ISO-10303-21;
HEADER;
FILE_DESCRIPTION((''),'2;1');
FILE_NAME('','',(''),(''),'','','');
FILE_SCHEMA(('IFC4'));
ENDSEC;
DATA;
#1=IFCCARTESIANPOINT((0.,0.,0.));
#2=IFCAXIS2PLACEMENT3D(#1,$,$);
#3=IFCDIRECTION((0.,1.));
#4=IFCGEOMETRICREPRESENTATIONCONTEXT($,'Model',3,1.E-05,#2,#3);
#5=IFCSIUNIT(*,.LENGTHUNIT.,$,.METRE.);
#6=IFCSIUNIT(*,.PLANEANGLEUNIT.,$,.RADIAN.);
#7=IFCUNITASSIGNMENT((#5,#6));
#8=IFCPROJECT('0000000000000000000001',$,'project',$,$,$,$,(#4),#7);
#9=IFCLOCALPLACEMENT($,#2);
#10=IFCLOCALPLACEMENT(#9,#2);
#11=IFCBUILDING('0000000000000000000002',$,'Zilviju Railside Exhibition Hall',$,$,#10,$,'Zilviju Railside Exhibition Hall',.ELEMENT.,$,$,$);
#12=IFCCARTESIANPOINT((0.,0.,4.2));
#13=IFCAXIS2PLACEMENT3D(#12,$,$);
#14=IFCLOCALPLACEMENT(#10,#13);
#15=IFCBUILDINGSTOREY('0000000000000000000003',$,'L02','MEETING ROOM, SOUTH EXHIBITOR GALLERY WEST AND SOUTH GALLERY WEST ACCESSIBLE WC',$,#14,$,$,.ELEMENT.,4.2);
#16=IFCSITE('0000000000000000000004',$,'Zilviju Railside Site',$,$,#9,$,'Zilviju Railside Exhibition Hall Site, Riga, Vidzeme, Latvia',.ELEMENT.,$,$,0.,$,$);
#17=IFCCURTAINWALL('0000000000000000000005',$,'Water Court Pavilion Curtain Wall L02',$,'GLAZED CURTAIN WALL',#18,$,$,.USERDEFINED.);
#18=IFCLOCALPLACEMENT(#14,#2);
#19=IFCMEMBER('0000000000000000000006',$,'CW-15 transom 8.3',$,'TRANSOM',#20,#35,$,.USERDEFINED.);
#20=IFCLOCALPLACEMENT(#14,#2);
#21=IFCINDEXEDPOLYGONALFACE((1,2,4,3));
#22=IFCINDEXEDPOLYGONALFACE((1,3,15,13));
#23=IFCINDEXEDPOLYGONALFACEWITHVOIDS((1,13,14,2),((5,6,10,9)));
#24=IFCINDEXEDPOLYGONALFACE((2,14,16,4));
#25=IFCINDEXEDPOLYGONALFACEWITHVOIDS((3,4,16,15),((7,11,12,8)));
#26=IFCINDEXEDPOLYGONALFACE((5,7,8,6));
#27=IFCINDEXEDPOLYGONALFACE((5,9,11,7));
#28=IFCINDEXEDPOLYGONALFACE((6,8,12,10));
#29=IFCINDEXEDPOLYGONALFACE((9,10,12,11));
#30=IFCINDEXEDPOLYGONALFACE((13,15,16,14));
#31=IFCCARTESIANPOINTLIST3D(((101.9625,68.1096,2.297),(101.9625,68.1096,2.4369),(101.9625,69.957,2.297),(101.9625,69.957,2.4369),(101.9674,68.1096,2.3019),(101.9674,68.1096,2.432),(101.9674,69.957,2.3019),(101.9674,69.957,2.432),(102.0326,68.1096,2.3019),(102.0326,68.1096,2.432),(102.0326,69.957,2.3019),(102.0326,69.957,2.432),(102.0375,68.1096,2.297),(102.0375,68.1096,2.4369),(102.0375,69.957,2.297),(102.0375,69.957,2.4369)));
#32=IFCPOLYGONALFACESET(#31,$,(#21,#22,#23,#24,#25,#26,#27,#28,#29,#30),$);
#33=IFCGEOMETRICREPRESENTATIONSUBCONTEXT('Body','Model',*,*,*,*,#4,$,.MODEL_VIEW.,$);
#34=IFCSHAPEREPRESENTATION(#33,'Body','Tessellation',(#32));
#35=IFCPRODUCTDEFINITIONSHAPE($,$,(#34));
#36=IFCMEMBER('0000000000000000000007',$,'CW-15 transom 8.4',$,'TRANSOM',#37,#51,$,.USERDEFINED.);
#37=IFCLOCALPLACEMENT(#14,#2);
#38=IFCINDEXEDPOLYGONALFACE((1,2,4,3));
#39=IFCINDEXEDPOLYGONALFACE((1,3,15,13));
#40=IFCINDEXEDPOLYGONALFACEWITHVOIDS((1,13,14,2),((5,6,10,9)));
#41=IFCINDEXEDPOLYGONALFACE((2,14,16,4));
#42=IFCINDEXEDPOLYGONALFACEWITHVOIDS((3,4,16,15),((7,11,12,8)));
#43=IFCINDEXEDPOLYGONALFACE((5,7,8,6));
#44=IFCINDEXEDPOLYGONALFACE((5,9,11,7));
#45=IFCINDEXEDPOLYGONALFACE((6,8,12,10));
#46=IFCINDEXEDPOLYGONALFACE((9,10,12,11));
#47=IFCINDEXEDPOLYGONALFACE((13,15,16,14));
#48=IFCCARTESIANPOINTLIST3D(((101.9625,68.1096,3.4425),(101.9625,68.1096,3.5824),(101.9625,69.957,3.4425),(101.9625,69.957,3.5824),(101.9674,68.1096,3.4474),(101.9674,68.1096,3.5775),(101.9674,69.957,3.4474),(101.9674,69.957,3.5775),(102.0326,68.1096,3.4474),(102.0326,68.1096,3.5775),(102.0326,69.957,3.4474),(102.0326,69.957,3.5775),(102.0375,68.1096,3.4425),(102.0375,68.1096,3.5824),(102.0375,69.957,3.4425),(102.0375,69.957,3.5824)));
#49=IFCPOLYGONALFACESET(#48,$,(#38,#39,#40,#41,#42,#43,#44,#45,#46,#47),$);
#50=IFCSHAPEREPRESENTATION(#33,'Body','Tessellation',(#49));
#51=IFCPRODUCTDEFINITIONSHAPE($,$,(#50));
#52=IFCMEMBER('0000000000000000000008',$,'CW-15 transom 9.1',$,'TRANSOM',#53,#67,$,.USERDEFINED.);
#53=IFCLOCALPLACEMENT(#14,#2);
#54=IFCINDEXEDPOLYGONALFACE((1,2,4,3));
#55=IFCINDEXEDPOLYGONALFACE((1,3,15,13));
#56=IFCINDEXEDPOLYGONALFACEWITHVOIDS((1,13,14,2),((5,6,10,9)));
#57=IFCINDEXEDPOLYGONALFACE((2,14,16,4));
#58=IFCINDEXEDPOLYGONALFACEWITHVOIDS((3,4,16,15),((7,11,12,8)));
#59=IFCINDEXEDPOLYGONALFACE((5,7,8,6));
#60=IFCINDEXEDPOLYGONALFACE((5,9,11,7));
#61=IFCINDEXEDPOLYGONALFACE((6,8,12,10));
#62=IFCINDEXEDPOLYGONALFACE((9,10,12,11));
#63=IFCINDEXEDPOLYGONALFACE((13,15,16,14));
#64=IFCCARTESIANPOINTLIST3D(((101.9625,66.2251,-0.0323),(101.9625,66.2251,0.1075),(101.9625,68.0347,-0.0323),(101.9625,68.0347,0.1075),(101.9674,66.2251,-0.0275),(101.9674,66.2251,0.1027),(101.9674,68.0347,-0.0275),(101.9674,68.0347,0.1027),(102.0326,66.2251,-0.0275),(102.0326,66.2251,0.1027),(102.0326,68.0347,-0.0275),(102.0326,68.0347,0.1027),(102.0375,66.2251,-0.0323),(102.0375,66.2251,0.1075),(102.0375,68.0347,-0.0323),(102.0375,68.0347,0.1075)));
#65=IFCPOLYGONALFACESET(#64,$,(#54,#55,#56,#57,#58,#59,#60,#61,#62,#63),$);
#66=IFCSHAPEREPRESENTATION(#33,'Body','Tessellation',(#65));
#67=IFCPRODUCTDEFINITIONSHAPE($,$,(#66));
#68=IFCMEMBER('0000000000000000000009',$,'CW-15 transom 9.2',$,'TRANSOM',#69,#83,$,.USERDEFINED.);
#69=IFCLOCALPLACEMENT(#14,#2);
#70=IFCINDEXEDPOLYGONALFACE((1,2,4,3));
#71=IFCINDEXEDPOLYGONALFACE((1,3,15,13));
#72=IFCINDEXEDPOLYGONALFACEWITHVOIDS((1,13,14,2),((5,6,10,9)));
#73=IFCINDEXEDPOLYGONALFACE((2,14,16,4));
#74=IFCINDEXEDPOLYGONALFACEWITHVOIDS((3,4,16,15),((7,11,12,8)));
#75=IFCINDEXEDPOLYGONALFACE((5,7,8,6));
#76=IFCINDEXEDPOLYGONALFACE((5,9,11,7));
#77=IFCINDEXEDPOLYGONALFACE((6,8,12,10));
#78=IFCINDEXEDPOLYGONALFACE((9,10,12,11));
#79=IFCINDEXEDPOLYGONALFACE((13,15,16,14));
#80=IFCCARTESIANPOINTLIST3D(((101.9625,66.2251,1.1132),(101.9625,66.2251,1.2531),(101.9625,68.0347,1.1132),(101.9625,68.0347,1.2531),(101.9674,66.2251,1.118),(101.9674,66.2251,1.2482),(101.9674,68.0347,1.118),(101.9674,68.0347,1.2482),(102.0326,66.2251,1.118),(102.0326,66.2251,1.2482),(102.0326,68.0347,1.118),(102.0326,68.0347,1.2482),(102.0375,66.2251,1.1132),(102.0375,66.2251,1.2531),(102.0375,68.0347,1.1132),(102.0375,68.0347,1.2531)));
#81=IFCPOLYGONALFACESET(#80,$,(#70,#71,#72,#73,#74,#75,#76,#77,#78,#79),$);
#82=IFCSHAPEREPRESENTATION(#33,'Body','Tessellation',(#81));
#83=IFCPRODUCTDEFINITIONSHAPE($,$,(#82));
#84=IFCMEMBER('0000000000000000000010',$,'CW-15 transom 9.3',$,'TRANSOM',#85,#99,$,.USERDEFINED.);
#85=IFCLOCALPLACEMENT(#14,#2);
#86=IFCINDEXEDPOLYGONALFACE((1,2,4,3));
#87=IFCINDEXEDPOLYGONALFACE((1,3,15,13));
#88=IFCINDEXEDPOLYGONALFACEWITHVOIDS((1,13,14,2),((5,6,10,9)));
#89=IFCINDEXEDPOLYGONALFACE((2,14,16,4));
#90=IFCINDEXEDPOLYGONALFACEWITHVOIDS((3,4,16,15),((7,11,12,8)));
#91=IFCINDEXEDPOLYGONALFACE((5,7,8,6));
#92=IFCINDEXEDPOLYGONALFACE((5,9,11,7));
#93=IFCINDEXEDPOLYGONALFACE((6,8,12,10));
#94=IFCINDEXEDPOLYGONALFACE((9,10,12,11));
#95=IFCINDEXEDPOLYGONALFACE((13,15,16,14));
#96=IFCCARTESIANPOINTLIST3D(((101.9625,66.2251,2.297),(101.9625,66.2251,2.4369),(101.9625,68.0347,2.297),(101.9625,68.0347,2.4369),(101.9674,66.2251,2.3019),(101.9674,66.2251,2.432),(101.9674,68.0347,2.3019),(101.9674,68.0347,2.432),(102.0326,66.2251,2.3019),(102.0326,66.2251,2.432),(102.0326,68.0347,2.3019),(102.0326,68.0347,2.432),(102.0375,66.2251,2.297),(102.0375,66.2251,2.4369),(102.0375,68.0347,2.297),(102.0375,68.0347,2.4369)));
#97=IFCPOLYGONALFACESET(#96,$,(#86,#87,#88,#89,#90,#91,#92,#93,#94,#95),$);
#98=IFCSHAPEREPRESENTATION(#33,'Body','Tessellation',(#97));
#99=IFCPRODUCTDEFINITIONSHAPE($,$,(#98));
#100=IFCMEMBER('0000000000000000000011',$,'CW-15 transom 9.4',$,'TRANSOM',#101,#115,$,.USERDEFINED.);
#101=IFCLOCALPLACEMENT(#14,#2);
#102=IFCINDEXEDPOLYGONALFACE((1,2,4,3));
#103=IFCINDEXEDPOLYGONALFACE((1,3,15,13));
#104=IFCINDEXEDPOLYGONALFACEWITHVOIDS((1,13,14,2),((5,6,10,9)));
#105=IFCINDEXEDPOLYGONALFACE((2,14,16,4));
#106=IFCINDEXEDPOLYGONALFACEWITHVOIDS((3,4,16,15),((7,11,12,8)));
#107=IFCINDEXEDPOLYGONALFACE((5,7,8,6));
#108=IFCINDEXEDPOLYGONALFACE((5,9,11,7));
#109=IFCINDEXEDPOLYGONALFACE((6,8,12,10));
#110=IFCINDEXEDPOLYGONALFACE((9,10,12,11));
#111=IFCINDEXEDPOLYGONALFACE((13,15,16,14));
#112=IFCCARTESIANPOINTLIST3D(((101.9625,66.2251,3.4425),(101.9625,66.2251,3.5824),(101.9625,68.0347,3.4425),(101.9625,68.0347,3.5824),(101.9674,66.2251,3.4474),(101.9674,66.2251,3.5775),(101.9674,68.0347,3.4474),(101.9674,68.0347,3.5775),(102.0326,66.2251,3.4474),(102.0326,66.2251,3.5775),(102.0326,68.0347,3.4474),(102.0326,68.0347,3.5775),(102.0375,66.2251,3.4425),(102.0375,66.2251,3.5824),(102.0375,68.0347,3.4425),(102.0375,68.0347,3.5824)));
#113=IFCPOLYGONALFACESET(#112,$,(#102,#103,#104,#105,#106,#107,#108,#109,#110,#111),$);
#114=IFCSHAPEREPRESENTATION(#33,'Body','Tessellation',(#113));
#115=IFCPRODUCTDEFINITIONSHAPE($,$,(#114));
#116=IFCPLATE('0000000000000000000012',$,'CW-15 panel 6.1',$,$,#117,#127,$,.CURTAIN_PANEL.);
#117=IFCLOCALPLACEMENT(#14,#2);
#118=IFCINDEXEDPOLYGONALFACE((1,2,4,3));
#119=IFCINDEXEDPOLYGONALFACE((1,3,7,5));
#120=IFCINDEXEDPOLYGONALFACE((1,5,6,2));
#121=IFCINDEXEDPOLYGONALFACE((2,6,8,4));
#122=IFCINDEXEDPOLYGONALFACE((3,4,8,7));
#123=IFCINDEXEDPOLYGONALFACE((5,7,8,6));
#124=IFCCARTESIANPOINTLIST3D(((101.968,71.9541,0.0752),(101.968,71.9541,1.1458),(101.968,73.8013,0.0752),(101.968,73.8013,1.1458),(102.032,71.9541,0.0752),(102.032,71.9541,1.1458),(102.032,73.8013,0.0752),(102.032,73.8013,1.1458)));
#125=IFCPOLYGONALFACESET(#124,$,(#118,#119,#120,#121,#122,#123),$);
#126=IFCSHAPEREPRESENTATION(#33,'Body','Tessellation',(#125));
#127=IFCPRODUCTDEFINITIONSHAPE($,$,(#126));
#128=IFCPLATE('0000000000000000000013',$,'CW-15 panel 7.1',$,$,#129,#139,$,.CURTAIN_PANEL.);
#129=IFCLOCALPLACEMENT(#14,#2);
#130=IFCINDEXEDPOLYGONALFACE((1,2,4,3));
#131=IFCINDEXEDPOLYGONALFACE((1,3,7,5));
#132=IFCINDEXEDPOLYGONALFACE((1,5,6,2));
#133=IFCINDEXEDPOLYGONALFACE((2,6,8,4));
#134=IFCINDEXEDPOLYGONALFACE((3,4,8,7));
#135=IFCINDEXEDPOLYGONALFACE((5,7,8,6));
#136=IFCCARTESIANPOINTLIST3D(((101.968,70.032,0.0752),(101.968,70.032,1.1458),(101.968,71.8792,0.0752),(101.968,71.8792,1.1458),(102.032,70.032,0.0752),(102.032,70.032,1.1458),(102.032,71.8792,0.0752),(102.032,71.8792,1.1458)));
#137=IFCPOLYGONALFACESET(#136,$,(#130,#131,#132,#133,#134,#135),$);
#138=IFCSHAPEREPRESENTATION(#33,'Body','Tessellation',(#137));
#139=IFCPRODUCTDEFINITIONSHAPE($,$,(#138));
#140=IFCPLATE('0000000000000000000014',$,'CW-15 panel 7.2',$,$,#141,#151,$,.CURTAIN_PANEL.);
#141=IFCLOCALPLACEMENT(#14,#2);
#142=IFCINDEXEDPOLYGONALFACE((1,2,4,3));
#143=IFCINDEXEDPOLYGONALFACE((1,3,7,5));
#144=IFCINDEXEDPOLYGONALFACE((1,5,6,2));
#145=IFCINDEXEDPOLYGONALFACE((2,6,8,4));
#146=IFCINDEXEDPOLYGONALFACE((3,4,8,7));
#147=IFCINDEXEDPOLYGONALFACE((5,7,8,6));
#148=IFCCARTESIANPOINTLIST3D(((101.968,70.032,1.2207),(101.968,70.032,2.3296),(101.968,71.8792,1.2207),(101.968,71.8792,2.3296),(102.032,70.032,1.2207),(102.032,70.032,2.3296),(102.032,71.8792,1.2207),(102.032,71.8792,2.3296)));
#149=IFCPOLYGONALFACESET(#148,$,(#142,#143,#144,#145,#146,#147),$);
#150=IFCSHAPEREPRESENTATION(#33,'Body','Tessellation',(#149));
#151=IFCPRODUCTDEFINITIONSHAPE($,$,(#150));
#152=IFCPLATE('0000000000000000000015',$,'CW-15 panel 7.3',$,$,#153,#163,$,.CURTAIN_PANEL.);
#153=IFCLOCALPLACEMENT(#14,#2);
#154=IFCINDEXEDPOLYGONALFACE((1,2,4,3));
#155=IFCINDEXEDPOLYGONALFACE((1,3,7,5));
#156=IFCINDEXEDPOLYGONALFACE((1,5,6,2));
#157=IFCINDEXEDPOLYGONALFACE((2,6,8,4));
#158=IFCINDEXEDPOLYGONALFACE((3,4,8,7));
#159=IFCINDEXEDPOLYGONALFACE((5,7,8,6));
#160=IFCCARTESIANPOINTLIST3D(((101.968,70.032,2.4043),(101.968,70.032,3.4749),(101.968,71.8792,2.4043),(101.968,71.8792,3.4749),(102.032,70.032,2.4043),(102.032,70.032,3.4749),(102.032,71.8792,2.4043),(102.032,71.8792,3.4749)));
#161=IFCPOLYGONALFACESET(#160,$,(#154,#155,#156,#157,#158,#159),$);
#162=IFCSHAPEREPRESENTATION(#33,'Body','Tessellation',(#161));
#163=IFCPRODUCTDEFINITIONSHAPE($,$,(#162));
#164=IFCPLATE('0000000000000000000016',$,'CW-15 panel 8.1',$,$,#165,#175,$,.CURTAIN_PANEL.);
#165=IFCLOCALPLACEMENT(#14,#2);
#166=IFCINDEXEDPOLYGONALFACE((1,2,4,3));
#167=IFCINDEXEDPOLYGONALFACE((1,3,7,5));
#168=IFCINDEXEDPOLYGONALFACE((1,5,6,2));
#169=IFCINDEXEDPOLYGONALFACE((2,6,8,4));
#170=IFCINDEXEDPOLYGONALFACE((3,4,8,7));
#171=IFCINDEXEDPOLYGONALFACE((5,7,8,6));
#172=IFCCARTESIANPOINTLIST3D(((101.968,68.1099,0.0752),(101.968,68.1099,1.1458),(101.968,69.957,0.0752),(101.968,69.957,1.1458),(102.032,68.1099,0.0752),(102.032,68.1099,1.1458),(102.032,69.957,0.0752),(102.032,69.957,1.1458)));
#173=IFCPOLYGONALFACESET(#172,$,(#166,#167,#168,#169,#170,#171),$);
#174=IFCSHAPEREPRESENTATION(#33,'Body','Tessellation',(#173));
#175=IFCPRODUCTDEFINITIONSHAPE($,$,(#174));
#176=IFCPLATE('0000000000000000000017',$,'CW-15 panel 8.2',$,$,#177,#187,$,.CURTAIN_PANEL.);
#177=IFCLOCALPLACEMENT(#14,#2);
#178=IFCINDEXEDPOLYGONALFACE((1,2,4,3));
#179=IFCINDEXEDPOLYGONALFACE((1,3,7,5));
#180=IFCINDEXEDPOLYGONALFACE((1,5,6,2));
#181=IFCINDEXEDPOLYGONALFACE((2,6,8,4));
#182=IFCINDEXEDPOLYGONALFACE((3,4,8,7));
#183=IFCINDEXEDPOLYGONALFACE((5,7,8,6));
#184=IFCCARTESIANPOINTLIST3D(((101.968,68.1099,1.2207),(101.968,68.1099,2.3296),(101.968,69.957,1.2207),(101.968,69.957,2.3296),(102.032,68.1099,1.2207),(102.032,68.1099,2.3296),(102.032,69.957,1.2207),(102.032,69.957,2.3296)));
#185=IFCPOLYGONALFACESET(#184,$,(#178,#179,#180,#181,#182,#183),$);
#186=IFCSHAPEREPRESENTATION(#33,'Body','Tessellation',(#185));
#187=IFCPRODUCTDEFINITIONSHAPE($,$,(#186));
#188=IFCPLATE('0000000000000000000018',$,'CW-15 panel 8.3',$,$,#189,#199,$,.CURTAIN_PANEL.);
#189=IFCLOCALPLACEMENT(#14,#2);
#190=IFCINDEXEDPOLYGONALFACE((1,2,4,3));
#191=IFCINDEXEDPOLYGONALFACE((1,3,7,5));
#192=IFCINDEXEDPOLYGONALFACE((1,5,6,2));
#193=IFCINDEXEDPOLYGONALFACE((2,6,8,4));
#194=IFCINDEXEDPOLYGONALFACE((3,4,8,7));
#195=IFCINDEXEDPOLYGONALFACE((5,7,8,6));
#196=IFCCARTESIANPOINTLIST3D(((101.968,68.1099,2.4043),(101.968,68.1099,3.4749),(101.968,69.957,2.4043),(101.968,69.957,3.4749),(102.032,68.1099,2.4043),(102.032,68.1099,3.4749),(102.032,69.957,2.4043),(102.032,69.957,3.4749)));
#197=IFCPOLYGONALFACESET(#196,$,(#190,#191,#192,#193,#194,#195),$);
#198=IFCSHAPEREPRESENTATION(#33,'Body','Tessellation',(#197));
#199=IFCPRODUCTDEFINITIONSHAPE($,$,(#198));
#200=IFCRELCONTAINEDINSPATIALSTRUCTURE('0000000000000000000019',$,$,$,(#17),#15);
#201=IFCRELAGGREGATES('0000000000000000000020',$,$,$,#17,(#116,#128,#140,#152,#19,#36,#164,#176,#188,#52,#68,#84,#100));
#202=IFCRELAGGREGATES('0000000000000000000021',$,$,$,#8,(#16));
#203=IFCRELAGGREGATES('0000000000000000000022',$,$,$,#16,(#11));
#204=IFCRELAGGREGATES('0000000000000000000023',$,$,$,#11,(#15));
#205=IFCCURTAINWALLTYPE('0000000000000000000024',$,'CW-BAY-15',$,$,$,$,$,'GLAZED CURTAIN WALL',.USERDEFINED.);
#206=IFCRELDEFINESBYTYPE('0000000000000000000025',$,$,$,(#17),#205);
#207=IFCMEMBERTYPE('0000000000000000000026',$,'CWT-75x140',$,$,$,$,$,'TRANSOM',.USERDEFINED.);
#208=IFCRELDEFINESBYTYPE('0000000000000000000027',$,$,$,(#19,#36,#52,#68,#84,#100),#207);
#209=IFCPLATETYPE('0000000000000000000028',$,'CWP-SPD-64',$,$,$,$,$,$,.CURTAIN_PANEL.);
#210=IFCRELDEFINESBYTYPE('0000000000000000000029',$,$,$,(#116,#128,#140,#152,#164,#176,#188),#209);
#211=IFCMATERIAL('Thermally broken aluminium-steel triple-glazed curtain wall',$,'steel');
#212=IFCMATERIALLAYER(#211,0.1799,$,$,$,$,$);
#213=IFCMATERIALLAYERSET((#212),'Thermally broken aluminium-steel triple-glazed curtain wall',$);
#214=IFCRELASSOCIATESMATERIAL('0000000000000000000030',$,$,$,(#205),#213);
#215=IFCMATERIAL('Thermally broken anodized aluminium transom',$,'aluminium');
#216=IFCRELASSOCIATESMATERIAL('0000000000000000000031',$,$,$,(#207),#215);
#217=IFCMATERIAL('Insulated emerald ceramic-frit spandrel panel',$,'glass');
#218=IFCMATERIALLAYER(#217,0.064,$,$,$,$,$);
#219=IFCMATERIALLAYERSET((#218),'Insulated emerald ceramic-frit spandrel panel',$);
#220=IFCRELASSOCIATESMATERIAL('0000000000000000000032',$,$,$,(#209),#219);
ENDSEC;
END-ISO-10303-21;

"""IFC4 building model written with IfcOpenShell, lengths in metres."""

from ifc_helpers import new_model, si_unit, direction, frame, origin, origin_2d, place, context, subcontext, project, spatial, rectangle, hollow_rectangle, extrude, material, layer, layer_set, material_profile, profile_set, type_object, element, aggregate, save


model = new_model("IFC4")

# Units and contexts
model_context = context("Model", 3, precision=1e-05, world=origin(), true_north=direction((0.0, 1.0)))
body_context = subcontext(model_context, "Body", "Model", "MODEL_VIEW")
ifc_project = project(units=[si_unit("LENGTHUNIT", "METRE"), si_unit("PLANEANGLEUNIT", "RADIAN")], contexts=[model_context])

# Site, building, storey
site_placement = place(None, origin())
site = spatial("IfcSite", under=ifc_project, at=site_placement, Name="Zilviju Railside Site", LongName="Zilviju Railside Exhibition Hall Site, Riga, Vidzeme, Latvia", CompositionType="ELEMENT", RefElevation=0.0)
building_placement = place(site_placement, origin())
building = spatial("IfcBuilding", under=site, at=building_placement, Name="Zilviju Railside Exhibition Hall", LongName="Zilviju Railside Exhibition Hall", CompositionType="ELEMENT")
storey_placement = place(building_placement, frame((0.0, 0.0, 4.2)))
storey = spatial("IfcBuildingStorey", under=building, at=storey_placement, Name="L02", Description="MEETING ROOM, SOUTH EXHIBITOR GALLERY WEST AND SOUTH GALLERY WEST ACCESSIBLE WC", CompositionType="ELEMENT", Elevation=4.2)

# Curtain wall, members, plates
ifc_material_1 = material(Name="Thermally broken aluminium-steel triple-glazed curtain wall", Category="steel")
ifc_layer_1 = layer(ifc_material_1, 0.1799)
ifc_layer_set_1 = layer_set([ifc_layer_1], Name="Thermally broken aluminium-steel triple-glazed curtain wall")
curtain_wall_type = type_object("IfcCurtainWallType", Name="CW-BAY-15", ElementType="GLAZED CURTAIN WALL", PredefinedType="USERDEFINED", material=ifc_layer_set_1)
curtain_wall_placement = place(storey_placement, origin())
curtain_wall = element("IfcCurtainWall", 1, at=curtain_wall_placement, inside=storey, type_object=curtain_wall_type, Name="Water Court Pavilion Curtain Wall L02", ObjectType="GLAZED CURTAIN WALL", PredefinedType="USERDEFINED")
ifc_material_2 = material(Name="Thermally broken anodized aluminium transom", Category="aluminium")
ifc_material_profile_1 = material_profile(ifc_material_2, hollow_rectangle(XDim=0.075, YDim=0.1399, WallThickness=0.0049, at=origin_2d()), Name="TRANSOM 140x75x5")
ifc_profile_set_1 = profile_set([ifc_material_profile_1], Name="Thermally broken anodized aluminium transom")
member_type_1 = type_object("IfcMemberType", Name="CWT-75x140", ElementType="TRANSOM", PredefinedType="USERDEFINED", material=ifc_profile_set_1)
member_1_placement = place(storey_placement, frame((102.0, 69.957, 2.3669), z_axis=(0.0, -1.0, 0.0), x_axis=(1.0, 0.0, 0.0)))
member_1 = element("IfcMember", 2, at=member_1_placement, type_object=member_type_1, Name="CW-15 transom 8.3", ObjectType="TRANSOM", PredefinedType="USERDEFINED", context=body_context, shape_type="SweptSolid", body=[
    extrude(hollow_rectangle(XDim=0.075, YDim=0.1399, WallThickness=0.0049, at=origin_2d()), origin(), (0.0, 0.0, 1.0), 1.8474),
])
member_2_placement = place(storey_placement, frame((102.0, 69.957, 3.5125), z_axis=(0.0, -1.0, 0.0), x_axis=(1.0, 0.0, 0.0)))
member_2 = element("IfcMember", 3, at=member_2_placement, type_object=member_type_1, Name="CW-15 transom 8.4", ObjectType="TRANSOM", PredefinedType="USERDEFINED", context=body_context, shape_type="SweptSolid", body=[
    extrude(hollow_rectangle(XDim=0.075, YDim=0.1399, WallThickness=0.0049, at=origin_2d()), origin(), (0.0, 0.0, 1.0), 1.8474),
])
member_3_placement = place(storey_placement, frame((102.0, 68.0347, 0.0376), z_axis=(0.0, -1.0, 0.0), x_axis=(1.0, 0.0, 0.0)))
member_3 = element("IfcMember", 4, at=member_3_placement, type_object=member_type_1, Name="CW-15 transom 9.1", ObjectType="TRANSOM", PredefinedType="USERDEFINED", context=body_context, shape_type="SweptSolid", body=[
    extrude(hollow_rectangle(XDim=0.075, YDim=0.1399, WallThickness=0.0049, at=origin_2d()), origin(), (0.0, 0.0, 1.0), 1.8096),
])
member_4_placement = place(storey_placement, frame((102.0, 68.0347, 1.1831), z_axis=(0.0, -1.0, 0.0), x_axis=(1.0, 0.0, 0.0)))
member_4 = element("IfcMember", 5, at=member_4_placement, type_object=member_type_1, Name="CW-15 transom 9.2", ObjectType="TRANSOM", PredefinedType="USERDEFINED", context=body_context, shape_type="SweptSolid", body=[
    extrude(hollow_rectangle(XDim=0.075, YDim=0.1399, WallThickness=0.0049, at=origin_2d()), origin(), (0.0, 0.0, 1.0), 1.8096),
])
member_5_placement = place(storey_placement, frame((102.0, 68.0347, 2.3669), z_axis=(0.0, -1.0, 0.0), x_axis=(1.0, 0.0, 0.0)))
member_5 = element("IfcMember", 6, at=member_5_placement, type_object=member_type_1, Name="CW-15 transom 9.3", ObjectType="TRANSOM", PredefinedType="USERDEFINED", context=body_context, shape_type="SweptSolid", body=[
    extrude(hollow_rectangle(XDim=0.075, YDim=0.1399, WallThickness=0.0049, at=origin_2d()), origin(), (0.0, 0.0, 1.0), 1.8096),
])
member_6_placement = place(storey_placement, frame((102.0, 68.0347, 3.5125), z_axis=(0.0, -1.0, 0.0), x_axis=(1.0, 0.0, 0.0)))
member_6 = element("IfcMember", 7, at=member_6_placement, type_object=member_type_1, Name="CW-15 transom 9.4", ObjectType="TRANSOM", PredefinedType="USERDEFINED", context=body_context, shape_type="SweptSolid", body=[
    extrude(hollow_rectangle(XDim=0.075, YDim=0.1399, WallThickness=0.0049, at=origin_2d()), origin(), (0.0, 0.0, 1.0), 1.8096),
])
ifc_material_3 = material(Name="Insulated emerald ceramic-frit spandrel panel", Category="glass")
ifc_layer_2 = layer(ifc_material_3, 0.064)
ifc_layer_set_2 = layer_set([ifc_layer_2], Name="Insulated emerald ceramic-frit spandrel panel")
plate_type = type_object("IfcPlateType", Name="CWP-SPD-64", PredefinedType="CURTAIN_PANEL", material=ifc_layer_set_2)
plate_1_placement = place(storey_placement, frame((102.0, 72.8777, 0.0752), z_axis=(0.0, 0.0, 1.0), x_axis=(0.0, -1.0, 0.0)))
plate_1 = element("IfcPlate", 8, at=plate_1_placement, type_object=plate_type, Name="CW-15 panel 6.1", PredefinedType="CURTAIN_PANEL", context=body_context, shape_type="SweptSolid", body=[
    extrude(rectangle(XDim=1.8472, YDim=0.064, at=origin_2d()), origin(), (0.0, 0.0, 1.0), 1.0706),
])
plate_2_placement = place(storey_placement, frame((102.0, 70.9556, 0.0752), z_axis=(0.0, 0.0, 1.0), x_axis=(0.0, -1.0, 0.0)))
plate_2 = element("IfcPlate", 9, at=plate_2_placement, type_object=plate_type, Name="CW-15 panel 7.1", PredefinedType="CURTAIN_PANEL", context=body_context, shape_type="SweptSolid", body=[
    extrude(rectangle(XDim=1.8472, YDim=0.064, at=origin_2d()), origin(), (0.0, 0.0, 1.0), 1.0706),
])
plate_3_placement = place(storey_placement, frame((102.0, 70.9556, 1.2207), z_axis=(0.0, 0.0, 1.0), x_axis=(0.0, -1.0, 0.0)))
plate_3 = element("IfcPlate", 10, at=plate_3_placement, type_object=plate_type, Name="CW-15 panel 7.2", PredefinedType="CURTAIN_PANEL", context=body_context, shape_type="SweptSolid", body=[
    extrude(rectangle(XDim=1.8472, YDim=0.064, at=origin_2d()), origin(), (0.0, 0.0, 1.0), 1.1089),
])
plate_4_placement = place(storey_placement, frame((102.0, 70.9556, 2.4043), z_axis=(0.0, 0.0, 1.0), x_axis=(0.0, -1.0, 0.0)))
plate_4 = element("IfcPlate", 11, at=plate_4_placement, type_object=plate_type, Name="CW-15 panel 7.3", PredefinedType="CURTAIN_PANEL", context=body_context, shape_type="SweptSolid", body=[
    extrude(rectangle(XDim=1.8472, YDim=0.064, at=origin_2d()), origin(), (0.0, 0.0, 1.0), 1.0706),
])
plate_5_placement = place(storey_placement, frame((102.0, 69.0334, 0.0752), z_axis=(0.0, 0.0, 1.0), x_axis=(0.0, -1.0, 0.0)))
plate_5 = element("IfcPlate", 12, at=plate_5_placement, type_object=plate_type, Name="CW-15 panel 8.1", PredefinedType="CURTAIN_PANEL", context=body_context, shape_type="SweptSolid", body=[
    extrude(rectangle(XDim=1.8472, YDim=0.064, at=origin_2d()), origin(), (0.0, 0.0, 1.0), 1.0706),
])
plate_6_placement = place(storey_placement, frame((102.0, 69.0334, 1.2207), z_axis=(0.0, 0.0, 1.0), x_axis=(0.0, -1.0, 0.0)))
plate_6 = element("IfcPlate", 13, at=plate_6_placement, type_object=plate_type, Name="CW-15 panel 8.2", PredefinedType="CURTAIN_PANEL", context=body_context, shape_type="SweptSolid", body=[
    extrude(rectangle(XDim=1.8472, YDim=0.064, at=origin_2d()), origin(), (0.0, 0.0, 1.0), 1.1089),
])
plate_7_placement = place(storey_placement, frame((102.0, 69.0334, 2.4043), z_axis=(0.0, 0.0, 1.0), x_axis=(0.0, -1.0, 0.0)))
plate_7 = element("IfcPlate", 14, at=plate_7_placement, type_object=plate_type, Name="CW-15 panel 8.3", PredefinedType="CURTAIN_PANEL", context=body_context, shape_type="SweptSolid", body=[
    extrude(rectangle(XDim=1.8472, YDim=0.064, at=origin_2d()), origin(), (0.0, 0.0, 1.0), 1.0706),
])
aggregate(curtain_wall, [plate_1, plate_2, plate_3, plate_4, member_1, member_2, plate_5, plate_6, plate_7, member_3, member_4, member_5, member_6])

save(model, "model.ifc")
